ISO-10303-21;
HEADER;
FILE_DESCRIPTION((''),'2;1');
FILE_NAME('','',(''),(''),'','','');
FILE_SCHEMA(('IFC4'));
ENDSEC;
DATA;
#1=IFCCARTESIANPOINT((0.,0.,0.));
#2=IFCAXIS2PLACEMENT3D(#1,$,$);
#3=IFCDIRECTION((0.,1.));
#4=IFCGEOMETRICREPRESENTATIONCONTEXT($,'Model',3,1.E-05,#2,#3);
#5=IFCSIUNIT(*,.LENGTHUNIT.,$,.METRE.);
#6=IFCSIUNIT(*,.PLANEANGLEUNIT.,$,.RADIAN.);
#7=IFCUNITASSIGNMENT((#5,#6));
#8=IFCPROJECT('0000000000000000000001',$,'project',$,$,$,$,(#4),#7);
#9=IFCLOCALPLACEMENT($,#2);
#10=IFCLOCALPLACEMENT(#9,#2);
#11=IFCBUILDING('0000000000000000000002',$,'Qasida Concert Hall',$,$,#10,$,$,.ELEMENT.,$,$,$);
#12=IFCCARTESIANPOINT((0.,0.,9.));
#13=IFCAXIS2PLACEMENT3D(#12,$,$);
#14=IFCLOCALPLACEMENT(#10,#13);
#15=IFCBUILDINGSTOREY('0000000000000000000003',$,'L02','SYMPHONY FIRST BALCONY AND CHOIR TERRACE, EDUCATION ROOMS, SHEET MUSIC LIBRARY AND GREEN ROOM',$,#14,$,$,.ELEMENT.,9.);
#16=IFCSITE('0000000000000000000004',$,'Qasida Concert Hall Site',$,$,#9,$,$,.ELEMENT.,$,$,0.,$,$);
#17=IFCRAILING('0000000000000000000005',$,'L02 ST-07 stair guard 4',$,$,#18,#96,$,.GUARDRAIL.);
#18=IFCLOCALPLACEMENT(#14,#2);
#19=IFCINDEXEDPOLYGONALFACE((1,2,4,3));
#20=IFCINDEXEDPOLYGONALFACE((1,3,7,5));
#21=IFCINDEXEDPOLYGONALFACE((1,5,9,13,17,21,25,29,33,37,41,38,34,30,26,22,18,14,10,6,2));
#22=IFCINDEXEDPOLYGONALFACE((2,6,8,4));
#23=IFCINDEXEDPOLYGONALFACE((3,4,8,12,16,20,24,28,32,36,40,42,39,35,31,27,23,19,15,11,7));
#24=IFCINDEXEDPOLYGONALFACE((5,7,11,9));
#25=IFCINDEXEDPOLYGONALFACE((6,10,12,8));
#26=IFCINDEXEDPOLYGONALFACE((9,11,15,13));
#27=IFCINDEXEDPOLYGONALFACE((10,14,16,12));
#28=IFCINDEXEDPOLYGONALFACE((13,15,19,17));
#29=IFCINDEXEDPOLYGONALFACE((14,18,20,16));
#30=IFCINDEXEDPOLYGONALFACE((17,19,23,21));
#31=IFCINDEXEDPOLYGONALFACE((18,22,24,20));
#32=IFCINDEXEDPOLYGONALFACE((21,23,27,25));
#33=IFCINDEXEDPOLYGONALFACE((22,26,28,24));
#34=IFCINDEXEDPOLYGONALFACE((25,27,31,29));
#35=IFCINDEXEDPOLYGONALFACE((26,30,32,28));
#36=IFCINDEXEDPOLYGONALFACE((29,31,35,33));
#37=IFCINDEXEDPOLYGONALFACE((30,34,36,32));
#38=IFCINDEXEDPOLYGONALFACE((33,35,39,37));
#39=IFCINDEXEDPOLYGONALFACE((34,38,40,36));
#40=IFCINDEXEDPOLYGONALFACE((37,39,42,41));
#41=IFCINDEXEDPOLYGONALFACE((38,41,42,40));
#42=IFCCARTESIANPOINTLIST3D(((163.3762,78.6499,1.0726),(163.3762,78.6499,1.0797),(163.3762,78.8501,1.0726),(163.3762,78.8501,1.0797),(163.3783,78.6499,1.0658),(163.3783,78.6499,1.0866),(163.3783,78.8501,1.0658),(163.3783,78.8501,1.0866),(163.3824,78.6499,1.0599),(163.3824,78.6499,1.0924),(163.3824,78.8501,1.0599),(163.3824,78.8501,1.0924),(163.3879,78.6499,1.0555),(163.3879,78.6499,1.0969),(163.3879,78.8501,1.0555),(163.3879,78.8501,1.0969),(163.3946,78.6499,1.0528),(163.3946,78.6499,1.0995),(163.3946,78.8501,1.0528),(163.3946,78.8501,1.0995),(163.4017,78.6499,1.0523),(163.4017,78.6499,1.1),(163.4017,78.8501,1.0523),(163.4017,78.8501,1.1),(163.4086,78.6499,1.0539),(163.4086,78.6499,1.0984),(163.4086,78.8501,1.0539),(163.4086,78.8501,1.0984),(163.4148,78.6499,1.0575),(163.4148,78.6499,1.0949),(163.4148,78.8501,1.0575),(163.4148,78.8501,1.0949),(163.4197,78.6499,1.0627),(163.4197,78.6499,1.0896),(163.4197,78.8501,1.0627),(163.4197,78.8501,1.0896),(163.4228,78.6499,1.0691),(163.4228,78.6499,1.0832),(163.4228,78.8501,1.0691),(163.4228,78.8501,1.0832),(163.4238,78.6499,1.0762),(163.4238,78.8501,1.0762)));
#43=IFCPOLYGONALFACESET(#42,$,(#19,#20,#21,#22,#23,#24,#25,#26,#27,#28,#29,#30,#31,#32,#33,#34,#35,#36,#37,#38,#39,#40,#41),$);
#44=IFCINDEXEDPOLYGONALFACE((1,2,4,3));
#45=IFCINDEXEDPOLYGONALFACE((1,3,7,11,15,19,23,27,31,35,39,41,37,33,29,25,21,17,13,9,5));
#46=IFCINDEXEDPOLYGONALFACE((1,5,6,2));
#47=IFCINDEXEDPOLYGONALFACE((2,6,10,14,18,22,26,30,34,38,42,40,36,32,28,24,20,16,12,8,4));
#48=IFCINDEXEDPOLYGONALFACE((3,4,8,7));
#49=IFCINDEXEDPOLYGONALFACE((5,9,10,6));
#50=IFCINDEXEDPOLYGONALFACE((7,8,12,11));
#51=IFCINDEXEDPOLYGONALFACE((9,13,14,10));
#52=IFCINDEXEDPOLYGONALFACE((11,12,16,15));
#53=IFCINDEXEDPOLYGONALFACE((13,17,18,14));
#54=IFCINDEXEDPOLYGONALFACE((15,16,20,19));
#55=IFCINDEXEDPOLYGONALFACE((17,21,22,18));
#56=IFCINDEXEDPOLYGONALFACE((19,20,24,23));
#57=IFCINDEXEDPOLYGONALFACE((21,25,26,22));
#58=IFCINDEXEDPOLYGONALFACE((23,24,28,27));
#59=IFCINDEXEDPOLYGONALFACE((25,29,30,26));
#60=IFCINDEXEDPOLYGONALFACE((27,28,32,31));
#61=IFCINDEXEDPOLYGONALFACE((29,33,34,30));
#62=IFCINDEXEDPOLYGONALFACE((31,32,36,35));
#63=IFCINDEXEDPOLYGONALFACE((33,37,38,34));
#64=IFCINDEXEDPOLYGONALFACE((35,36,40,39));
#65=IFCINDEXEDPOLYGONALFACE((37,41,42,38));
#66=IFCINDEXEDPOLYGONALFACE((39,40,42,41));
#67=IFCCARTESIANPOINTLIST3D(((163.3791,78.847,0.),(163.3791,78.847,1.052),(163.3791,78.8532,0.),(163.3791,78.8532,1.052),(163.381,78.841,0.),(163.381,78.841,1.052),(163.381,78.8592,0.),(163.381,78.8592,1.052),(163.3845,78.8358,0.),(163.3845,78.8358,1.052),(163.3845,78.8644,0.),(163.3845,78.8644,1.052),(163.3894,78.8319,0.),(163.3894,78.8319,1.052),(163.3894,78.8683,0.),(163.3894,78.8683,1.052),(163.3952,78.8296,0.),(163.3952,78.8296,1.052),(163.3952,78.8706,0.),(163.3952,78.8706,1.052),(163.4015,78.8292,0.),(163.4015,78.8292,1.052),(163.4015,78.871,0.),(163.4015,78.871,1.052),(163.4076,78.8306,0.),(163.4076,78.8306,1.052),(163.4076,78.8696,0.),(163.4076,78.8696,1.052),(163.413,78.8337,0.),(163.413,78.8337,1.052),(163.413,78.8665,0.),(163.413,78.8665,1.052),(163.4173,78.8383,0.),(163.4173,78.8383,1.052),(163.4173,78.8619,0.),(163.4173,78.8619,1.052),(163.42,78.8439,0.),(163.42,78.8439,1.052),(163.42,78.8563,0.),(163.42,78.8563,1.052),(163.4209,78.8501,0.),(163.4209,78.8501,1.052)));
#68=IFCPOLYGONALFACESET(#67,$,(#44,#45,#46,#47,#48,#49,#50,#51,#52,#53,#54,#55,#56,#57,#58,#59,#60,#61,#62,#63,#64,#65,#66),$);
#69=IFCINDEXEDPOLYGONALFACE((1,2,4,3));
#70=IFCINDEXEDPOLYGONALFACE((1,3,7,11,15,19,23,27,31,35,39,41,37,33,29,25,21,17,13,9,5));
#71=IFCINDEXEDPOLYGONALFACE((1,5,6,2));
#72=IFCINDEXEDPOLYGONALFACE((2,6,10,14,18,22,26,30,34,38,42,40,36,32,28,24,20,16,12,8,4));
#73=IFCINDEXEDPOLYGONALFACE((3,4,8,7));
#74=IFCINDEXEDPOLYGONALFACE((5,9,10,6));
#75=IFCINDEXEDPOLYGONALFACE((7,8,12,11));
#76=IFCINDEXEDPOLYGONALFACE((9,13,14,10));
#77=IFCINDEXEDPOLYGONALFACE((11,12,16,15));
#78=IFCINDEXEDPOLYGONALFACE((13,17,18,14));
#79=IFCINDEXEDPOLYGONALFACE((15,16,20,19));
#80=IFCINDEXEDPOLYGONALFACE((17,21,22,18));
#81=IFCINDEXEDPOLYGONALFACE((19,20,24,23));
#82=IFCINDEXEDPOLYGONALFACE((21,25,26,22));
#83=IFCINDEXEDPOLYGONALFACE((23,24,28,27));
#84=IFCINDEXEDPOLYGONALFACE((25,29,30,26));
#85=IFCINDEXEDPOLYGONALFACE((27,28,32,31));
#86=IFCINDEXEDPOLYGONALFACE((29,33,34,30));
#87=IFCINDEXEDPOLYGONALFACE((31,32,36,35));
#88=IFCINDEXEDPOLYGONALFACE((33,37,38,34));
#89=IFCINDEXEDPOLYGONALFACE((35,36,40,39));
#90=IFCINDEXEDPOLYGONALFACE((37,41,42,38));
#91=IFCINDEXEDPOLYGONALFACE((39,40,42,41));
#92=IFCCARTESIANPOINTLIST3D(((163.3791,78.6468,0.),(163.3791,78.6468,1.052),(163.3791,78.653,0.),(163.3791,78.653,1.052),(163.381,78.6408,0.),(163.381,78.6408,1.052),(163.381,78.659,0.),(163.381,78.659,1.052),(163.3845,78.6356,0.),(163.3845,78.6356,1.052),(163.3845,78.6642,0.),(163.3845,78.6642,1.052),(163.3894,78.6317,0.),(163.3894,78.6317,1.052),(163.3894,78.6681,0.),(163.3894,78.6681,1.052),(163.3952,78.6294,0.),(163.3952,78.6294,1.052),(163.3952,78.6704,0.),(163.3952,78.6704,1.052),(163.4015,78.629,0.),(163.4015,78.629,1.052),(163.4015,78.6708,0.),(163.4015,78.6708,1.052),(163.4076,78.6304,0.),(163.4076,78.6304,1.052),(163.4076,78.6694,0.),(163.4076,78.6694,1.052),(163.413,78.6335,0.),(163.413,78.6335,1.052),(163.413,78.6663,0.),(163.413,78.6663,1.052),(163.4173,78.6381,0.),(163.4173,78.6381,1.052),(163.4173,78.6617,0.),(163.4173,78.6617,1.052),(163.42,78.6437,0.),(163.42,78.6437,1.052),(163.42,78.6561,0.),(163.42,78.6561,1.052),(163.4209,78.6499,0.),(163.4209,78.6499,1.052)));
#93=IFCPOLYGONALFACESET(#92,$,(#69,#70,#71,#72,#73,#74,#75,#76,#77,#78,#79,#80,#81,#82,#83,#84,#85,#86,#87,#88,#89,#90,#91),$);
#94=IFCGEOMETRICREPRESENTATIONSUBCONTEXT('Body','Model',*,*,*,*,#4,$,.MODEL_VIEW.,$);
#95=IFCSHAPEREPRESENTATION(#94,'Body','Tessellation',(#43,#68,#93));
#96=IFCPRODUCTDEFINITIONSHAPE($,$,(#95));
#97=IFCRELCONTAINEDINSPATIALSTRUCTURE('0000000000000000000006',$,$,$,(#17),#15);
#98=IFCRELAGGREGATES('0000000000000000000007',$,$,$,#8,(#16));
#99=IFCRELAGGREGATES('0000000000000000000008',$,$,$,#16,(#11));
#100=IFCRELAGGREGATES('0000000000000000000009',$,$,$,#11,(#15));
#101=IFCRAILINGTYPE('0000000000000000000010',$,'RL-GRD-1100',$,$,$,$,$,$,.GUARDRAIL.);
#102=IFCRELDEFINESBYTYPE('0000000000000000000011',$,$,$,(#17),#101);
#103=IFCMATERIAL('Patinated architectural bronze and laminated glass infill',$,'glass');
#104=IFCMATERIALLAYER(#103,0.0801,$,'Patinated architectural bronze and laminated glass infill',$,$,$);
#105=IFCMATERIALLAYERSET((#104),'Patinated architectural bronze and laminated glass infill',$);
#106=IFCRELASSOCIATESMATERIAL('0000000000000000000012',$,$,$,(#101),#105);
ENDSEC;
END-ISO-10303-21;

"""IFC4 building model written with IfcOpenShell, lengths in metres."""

from ifc_helpers import new_model, si_unit, direction, frame, origin, origin_2d, place, context, subcontext, project, spatial, circle, extrude, material, layer, layer_set, type_object, element, save


model = new_model("IFC4")

# Units and contexts
model_context = context("Model", 3, precision=1e-05, world=origin(), true_north=direction((0.0, 1.0)))
body_context = subcontext(model_context, "Body", "Model", "MODEL_VIEW")
ifc_project = project(units=[si_unit("LENGTHUNIT", "METRE"), si_unit("PLANEANGLEUNIT", "RADIAN")], contexts=[model_context])

# Site, building, storey
site_placement = place(None, origin())
site = spatial("IfcSite", under=ifc_project, at=site_placement, Name="Qasida Concert Hall Site", CompositionType="ELEMENT", RefElevation=0.0)
building_placement = place(site_placement, origin())
building = spatial("IfcBuilding", under=site, at=building_placement, Name="Qasida Concert Hall", CompositionType="ELEMENT")
storey_placement = place(building_placement, frame((0.0, 0.0, 9.0)))
storey = spatial("IfcBuildingStorey", under=building, at=storey_placement, Name="L02", Description="SYMPHONY FIRST BALCONY AND CHOIR TERRACE, EDUCATION ROOMS, SHEET MUSIC LIBRARY AND GREEN ROOM", CompositionType="ELEMENT", Elevation=9.0)

# Railing
ifc_material_1 = material(Name="Patinated architectural bronze and laminated glass infill", Category="glass")
ifc_layer_1 = layer(ifc_material_1, 0.0801, Name="Patinated architectural bronze and laminated glass infill")
ifc_layer_set_1 = layer_set([ifc_layer_1], Name="Patinated architectural bronze and laminated glass infill")
railing_type_1 = type_object("IfcRailingType", Name="RL-GRD-1100", PredefinedType="GUARDRAIL", material=ifc_layer_set_1)
railing_1_placement = place(storey_placement, frame((163.3999, 78.8501, 0.0)))
element("IfcRailing", 1, at=railing_1_placement, inside=storey, type_object=railing_type_1, Name="L02 ST-07 stair guard 4", PredefinedType="GUARDRAIL", context=body_context, shape_type="SweptSolid", body=[
    extrude(circle(Radius=0.0239, at=origin_2d()), frame((0.0, 0.0, 1.0762), z_axis=(0.0, -1.0, 0.0), x_axis=(1.0, 0.0, 0.0)), (0.0, 0.0, 1.0), 0.2002),
    extrude(circle(Radius=0.021, at=origin_2d()), origin(), (0.0, 0.0, 1.0), 1.052),
    extrude(circle(Radius=0.021, at=origin_2d()), frame((0.0, -0.2002, 0.0)), (0.0, 0.0, 1.0), 1.052),
])

save(model, "model.ifc")
